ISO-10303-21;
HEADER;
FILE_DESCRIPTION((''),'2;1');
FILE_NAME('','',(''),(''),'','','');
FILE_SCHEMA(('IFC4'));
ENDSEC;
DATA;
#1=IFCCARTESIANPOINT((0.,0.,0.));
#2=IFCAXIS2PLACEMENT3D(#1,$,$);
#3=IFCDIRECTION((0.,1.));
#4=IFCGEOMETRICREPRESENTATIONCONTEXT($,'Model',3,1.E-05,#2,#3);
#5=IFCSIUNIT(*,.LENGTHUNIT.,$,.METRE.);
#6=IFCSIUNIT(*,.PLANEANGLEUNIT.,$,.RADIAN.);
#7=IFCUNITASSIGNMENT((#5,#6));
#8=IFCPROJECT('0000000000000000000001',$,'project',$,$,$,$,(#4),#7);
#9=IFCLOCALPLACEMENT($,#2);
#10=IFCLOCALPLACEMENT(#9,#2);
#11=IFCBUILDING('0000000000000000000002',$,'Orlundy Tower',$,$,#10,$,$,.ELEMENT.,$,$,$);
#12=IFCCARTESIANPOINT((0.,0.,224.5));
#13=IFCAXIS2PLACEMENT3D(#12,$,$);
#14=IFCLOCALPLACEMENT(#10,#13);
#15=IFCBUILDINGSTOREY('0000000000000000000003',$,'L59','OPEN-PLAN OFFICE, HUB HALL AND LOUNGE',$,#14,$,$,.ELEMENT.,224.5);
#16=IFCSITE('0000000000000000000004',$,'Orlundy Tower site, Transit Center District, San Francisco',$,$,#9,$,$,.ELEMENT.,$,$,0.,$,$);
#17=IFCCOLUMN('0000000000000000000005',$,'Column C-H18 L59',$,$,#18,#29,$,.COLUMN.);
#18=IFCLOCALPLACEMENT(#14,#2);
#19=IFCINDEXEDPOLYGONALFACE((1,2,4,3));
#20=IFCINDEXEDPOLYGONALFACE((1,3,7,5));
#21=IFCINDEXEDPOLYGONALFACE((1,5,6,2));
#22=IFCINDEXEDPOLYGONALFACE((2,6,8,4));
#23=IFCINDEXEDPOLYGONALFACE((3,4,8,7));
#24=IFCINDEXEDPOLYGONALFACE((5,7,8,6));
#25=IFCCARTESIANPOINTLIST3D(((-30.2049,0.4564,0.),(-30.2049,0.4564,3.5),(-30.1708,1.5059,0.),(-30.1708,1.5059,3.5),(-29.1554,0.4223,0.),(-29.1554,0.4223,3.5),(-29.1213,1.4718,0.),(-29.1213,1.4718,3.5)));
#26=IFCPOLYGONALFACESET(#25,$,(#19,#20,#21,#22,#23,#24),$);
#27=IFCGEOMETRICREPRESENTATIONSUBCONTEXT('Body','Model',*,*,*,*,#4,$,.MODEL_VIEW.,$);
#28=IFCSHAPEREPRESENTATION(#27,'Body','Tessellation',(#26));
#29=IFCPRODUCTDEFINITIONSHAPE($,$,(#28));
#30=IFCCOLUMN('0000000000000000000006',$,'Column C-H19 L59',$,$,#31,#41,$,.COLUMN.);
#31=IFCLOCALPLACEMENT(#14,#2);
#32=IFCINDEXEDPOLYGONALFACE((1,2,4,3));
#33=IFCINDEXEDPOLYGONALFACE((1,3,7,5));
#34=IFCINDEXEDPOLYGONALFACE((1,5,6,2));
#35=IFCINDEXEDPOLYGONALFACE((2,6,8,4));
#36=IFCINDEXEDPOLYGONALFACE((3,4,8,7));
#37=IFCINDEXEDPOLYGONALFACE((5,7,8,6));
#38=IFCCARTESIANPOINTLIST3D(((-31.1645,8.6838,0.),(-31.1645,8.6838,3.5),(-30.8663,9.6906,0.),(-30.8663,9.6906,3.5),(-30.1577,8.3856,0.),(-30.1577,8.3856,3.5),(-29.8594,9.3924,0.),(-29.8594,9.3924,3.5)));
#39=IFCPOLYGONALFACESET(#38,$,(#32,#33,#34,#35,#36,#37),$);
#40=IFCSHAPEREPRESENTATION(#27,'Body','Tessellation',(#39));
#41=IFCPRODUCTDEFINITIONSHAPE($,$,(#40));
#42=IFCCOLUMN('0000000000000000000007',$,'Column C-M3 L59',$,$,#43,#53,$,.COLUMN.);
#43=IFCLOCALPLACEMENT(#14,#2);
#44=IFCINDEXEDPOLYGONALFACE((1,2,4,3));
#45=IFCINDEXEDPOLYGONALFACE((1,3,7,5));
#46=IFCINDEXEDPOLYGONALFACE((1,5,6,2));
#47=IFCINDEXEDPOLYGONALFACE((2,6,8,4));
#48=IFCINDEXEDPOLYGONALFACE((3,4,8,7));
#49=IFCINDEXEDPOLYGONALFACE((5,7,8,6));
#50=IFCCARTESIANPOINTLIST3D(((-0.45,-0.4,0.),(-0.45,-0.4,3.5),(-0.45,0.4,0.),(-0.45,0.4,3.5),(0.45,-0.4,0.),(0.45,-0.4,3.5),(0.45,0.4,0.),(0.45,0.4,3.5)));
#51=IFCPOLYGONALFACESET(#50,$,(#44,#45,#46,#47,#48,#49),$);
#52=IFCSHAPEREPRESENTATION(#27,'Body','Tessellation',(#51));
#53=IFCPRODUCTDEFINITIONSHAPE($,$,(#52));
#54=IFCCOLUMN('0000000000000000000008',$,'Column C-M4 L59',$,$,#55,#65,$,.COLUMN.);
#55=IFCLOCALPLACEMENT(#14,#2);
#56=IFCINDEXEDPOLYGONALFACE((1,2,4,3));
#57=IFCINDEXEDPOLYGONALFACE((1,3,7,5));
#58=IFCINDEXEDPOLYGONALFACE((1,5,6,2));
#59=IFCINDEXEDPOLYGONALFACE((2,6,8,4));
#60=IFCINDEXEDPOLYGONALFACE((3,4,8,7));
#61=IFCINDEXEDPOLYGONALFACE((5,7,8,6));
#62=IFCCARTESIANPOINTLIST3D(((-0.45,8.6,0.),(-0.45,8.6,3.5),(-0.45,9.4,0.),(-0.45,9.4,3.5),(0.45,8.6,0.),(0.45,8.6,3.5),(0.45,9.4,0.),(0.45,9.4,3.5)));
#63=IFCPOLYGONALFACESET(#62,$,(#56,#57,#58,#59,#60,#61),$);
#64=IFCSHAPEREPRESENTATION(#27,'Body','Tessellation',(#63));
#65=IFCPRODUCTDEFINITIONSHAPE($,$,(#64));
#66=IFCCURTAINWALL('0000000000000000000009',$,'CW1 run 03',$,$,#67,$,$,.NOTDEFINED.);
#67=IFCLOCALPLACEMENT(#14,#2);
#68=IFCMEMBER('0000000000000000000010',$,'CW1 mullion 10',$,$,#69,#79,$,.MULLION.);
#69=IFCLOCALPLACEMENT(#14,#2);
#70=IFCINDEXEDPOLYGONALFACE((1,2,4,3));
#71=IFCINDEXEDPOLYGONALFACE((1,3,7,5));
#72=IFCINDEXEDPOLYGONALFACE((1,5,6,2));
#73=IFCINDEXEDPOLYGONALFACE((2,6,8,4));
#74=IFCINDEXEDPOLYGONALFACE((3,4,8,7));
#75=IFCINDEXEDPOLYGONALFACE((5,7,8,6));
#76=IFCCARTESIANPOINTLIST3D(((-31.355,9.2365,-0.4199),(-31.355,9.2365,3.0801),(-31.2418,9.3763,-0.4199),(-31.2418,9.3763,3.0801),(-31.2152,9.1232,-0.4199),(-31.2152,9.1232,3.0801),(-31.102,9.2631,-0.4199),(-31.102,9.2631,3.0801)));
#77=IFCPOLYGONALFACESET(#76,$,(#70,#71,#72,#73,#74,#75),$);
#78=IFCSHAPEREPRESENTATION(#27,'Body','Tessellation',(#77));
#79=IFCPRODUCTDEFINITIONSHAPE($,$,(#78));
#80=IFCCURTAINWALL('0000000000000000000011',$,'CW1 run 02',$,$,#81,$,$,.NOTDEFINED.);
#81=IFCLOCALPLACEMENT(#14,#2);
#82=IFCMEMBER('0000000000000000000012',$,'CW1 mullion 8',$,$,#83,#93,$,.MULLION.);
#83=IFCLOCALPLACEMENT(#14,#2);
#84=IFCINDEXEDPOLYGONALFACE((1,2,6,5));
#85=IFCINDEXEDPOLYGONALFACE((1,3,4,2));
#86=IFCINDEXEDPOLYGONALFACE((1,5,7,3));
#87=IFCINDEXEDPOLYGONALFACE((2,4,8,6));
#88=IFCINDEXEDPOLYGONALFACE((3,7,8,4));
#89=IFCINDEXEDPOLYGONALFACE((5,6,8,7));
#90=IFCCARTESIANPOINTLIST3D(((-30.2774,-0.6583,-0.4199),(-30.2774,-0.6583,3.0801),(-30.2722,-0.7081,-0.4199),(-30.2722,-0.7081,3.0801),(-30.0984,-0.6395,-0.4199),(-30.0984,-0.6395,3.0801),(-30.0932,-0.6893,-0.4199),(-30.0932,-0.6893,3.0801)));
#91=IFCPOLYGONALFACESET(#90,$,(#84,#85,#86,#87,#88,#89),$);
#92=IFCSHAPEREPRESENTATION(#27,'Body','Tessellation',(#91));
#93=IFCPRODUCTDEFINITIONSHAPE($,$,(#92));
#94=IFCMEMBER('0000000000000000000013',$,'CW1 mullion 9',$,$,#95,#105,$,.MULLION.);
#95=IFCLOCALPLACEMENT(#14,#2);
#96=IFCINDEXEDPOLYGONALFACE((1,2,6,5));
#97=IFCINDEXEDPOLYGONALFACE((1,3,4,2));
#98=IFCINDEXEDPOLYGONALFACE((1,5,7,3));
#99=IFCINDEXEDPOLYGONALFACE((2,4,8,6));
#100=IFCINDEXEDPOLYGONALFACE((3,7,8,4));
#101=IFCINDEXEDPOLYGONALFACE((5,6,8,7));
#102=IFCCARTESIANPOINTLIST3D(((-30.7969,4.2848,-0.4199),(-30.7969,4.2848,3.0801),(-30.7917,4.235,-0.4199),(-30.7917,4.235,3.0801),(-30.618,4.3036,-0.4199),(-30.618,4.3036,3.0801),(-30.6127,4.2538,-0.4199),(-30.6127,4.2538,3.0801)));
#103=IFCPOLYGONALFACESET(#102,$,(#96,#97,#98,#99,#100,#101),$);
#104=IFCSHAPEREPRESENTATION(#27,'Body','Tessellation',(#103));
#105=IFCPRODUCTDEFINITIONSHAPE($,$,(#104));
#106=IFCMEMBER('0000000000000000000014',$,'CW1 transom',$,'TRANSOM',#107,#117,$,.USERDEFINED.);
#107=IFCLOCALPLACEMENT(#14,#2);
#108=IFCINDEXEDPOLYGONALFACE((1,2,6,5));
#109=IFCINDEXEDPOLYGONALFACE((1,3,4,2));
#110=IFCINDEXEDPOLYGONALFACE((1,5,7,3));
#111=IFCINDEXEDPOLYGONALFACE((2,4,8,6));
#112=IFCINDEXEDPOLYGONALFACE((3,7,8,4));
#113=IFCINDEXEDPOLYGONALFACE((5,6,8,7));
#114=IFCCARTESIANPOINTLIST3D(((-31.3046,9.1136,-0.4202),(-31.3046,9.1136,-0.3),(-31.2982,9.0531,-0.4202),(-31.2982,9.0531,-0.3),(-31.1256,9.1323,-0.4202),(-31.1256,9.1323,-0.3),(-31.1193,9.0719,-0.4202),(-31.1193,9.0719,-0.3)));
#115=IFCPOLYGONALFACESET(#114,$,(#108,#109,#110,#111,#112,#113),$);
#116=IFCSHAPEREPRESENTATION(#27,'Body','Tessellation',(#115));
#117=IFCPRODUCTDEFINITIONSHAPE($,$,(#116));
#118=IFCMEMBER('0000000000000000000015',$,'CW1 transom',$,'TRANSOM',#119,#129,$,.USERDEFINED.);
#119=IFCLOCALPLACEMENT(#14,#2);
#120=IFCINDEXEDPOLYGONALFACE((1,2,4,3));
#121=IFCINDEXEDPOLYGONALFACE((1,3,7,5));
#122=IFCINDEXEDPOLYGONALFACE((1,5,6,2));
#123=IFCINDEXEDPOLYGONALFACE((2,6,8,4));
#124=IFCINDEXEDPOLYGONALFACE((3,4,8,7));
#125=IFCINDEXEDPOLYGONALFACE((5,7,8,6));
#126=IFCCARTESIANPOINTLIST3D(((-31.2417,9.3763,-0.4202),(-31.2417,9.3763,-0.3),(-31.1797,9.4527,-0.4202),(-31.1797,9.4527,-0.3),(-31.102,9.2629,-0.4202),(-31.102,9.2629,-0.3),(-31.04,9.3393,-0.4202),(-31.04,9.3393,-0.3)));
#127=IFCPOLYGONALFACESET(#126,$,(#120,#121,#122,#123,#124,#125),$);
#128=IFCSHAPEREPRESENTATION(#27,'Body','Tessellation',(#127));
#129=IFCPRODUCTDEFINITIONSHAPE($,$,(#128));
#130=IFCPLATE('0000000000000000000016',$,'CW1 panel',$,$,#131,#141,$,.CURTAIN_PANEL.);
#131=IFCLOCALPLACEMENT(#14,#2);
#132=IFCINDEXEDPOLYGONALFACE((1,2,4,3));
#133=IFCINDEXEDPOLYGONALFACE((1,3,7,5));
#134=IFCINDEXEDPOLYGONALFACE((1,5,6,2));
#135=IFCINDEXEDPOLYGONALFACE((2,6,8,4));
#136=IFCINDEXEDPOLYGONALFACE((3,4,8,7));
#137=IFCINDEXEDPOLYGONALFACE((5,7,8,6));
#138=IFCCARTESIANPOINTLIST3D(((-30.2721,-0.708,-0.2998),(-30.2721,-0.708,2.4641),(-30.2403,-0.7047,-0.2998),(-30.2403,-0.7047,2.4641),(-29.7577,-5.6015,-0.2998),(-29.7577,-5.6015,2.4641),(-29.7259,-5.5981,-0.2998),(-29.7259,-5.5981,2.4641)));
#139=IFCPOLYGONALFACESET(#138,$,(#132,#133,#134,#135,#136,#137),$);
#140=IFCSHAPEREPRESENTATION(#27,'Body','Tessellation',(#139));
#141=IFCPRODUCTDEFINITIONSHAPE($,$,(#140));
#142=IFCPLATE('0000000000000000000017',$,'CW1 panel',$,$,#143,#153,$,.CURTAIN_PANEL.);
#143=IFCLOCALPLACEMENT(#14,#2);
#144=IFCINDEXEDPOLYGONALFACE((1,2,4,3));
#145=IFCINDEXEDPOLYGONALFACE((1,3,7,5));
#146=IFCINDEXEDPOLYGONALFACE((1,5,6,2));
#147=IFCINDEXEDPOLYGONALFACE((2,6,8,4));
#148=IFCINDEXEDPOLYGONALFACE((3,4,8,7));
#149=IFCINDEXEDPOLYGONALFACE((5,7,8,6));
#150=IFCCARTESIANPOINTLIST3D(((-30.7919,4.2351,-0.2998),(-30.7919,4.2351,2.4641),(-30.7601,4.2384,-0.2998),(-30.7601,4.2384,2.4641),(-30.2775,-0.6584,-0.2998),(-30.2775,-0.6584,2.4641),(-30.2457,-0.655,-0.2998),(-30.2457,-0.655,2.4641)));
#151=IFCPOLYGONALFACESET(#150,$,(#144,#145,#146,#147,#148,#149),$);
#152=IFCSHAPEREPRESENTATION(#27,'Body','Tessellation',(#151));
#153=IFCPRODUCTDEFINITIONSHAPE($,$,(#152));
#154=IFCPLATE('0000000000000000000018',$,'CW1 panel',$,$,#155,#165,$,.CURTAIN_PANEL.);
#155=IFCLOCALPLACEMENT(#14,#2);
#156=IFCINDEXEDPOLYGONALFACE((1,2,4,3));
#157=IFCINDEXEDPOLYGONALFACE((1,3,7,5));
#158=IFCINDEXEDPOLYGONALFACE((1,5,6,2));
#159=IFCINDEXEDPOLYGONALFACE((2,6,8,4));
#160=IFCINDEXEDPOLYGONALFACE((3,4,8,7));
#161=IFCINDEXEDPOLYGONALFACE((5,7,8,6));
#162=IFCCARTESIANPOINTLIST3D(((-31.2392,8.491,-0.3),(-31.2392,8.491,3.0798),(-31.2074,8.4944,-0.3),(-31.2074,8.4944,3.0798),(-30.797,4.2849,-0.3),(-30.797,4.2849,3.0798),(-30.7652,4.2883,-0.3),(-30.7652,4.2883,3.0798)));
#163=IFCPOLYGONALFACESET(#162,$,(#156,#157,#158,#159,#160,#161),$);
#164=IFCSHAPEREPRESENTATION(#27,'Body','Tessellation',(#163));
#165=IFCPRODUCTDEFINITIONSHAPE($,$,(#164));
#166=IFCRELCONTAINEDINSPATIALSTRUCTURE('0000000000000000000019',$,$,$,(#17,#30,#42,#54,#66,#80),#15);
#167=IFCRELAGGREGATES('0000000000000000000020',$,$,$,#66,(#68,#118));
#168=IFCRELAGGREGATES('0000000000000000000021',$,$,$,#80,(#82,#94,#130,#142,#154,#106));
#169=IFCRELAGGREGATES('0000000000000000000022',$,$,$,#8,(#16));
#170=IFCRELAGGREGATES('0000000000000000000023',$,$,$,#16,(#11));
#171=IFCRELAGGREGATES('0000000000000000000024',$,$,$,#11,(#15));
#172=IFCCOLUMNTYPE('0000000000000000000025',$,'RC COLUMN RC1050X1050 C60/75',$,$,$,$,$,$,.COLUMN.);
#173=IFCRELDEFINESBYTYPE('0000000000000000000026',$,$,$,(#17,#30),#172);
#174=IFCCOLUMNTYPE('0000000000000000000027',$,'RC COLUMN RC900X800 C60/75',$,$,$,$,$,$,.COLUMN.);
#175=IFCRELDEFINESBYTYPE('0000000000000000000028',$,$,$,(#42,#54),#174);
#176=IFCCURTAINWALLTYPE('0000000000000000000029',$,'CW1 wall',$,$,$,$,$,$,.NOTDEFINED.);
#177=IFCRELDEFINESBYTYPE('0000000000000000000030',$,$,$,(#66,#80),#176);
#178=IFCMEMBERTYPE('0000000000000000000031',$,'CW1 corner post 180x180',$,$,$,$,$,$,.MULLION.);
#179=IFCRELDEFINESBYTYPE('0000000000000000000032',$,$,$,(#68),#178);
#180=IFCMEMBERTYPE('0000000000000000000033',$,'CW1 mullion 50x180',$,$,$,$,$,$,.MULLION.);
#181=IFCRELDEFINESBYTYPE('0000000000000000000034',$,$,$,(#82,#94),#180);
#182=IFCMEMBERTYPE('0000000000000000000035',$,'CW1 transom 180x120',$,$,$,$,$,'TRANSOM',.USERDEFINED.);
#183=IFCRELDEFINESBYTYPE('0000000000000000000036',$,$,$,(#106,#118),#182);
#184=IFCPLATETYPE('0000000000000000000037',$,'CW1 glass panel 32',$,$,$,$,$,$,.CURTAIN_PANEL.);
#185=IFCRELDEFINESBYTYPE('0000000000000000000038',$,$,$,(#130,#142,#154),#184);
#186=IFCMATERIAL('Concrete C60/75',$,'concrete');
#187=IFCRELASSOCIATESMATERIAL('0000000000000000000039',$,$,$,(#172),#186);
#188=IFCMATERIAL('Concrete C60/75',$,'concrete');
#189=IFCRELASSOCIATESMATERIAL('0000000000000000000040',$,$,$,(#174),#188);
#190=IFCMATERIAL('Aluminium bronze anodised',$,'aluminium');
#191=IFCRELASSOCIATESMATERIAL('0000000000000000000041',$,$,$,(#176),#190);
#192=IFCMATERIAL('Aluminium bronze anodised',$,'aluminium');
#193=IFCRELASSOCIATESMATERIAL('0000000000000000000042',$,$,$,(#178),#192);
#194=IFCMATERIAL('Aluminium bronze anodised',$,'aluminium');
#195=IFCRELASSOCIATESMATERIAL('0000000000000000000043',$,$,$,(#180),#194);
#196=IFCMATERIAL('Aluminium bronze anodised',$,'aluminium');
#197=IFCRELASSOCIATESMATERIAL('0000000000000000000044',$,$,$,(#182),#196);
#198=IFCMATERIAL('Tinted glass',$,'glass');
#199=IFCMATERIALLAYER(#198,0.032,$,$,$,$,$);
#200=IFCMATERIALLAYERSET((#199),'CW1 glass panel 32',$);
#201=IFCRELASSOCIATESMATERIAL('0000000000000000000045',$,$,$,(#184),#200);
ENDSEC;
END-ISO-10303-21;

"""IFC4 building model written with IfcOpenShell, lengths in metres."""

from ifc_helpers import new_model, si_unit, direction, frame, origin, origin_2d, place, context, subcontext, project, spatial, rectangle, extrude, material, layer, layer_set, material_profile, profile_set, type_object, element, aggregate, save


model = new_model("IFC4")

# Units and contexts
model_context = context("Model", 3, precision=1e-05, world=origin(), true_north=direction((0.0, 1.0)))
body_context = subcontext(model_context, "Body", "Model", "MODEL_VIEW")
ifc_project = project(units=[si_unit("LENGTHUNIT", "METRE"), si_unit("PLANEANGLEUNIT", "RADIAN")], contexts=[model_context])

# Site, building, storey
site_placement = place(None, origin())
site = spatial("IfcSite", under=ifc_project, at=site_placement, Name="Orlundy Tower site, Transit Center District, San Francisco", CompositionType="ELEMENT", RefElevation=0.0)
building_placement = place(site_placement, origin())
building = spatial("IfcBuilding", under=site, at=building_placement, Name="Orlundy Tower", CompositionType="ELEMENT")
storey_placement = place(building_placement, frame((0.0, 0.0, 224.5)))
storey = spatial("IfcBuildingStorey", under=building, at=storey_placement, Name="L59", Description="OPEN-PLAN OFFICE, HUB HALL AND LOUNGE", CompositionType="ELEMENT", Elevation=224.5)

# Columns
ifc_material_1 = material(Name="Concrete C60/75", Category="concrete")
ifc_material_profile_1 = material_profile(ifc_material_1, rectangle(XDim=1.05, YDim=1.05, at=origin_2d()), Name="RC1050X1050")
ifc_profile_set_1 = profile_set([ifc_material_profile_1], Name="Concrete C60/75")
column_type_1 = type_object("IfcColumnType", Name="RC COLUMN RC1050X1050 C60/75", PredefinedType="COLUMN", material=ifc_profile_set_1)
for number, where, z_axis, x_axis, name in (
    (1, (-29.6631, 0.9641, 0.0), (0.0, 0.0, 1.0), (-0.999473, 0.032475, 0.0), "Column C-H18 L59"),
    (2, (-30.512, 9.0381, 0.0), (0.0, 0.0, 1.0), (-0.95882, 0.284015, 0.0), "Column C-H19 L59"),
):
    element("IfcColumn", number, at=place(storey_placement, frame(where, z_axis=z_axis, x_axis=x_axis)), inside=storey, type_object=column_type_1, Name=name, PredefinedType="COLUMN", context=body_context, shape_type="SweptSolid", body=[
        extrude(rectangle(XDim=1.05, YDim=1.05, at=origin_2d()), origin(), (0.0, 0.0, 1.0), 3.5),
    ])
ifc_material_2 = material(Name="Concrete C60/75", Category="concrete")
ifc_material_profile_2 = material_profile(ifc_material_2, rectangle(XDim=0.8999, YDim=0.8, at=origin_2d()), Name="RC900X800")
ifc_profile_set_2 = profile_set([ifc_material_profile_2], Name="Concrete C60/75")
column_type_2 = type_object("IfcColumnType", Name="RC COLUMN RC900X800 C60/75", PredefinedType="COLUMN", material=ifc_profile_set_2)
for number, where, z_axis, x_axis, name in (
    (3, (0.0, 0.0, 0.0), (0.0, 0.0, 1.0), (1.0, 0.0, 0.0), "Column C-M3 L59"),
    (4, (0.0, 9.0, 0.0), (0.0, 0.0, 1.0), (1.0, 0.0, 0.0), "Column C-M4 L59"),
):
    element("IfcColumn", number, at=place(storey_placement, frame(where, z_axis=z_axis, x_axis=x_axis)), inside=storey, type_object=column_type_2, Name=name, PredefinedType="COLUMN", context=body_context, shape_type="SweptSolid", body=[
        extrude(rectangle(XDim=0.8999, YDim=0.8, at=origin_2d()), origin(), (0.0, 0.0, 1.0), 3.5),
    ])

# Curtain wall, member
ifc_material_3 = material(Name="Aluminium bronze anodised", Category="aluminium")
curtain_wall_type = type_object("IfcCurtainWallType", Name="CW1 wall", PredefinedType="NOTDEFINED", material=ifc_material_3)
curtain_wall_1_placement = place(storey_placement, origin())
curtain_wall_1 = element("IfcCurtainWall", 5, at=curtain_wall_1_placement, inside=storey, type_object=curtain_wall_type, Name="CW1 run 03", PredefinedType="NOTDEFINED")
ifc_material_4 = material(Name="Aluminium bronze anodised", Category="aluminium")
ifc_material_profile_3 = material_profile(ifc_material_4, rectangle(XDim=0.1799, YDim=0.1799, at=origin_2d()), Name="CW1 corner post 180x180")
ifc_profile_set_3 = profile_set([ifc_material_profile_3], Name="Aluminium bronze anodised")
member_type_1 = type_object("IfcMemberType", Name="CW1 corner post 180x180", PredefinedType="MULLION", material=ifc_profile_set_3)
member_1_placement = place(storey_placement, frame((-31.2285, 9.2498, -0.4199), z_axis=(0.0, 0.0, 1.0), x_axis=(-0.777146, 0.629321, 0.0)))
member_1 = element("IfcMember", 6, at=member_1_placement, type_object=member_type_1, Name="CW1 mullion 10", PredefinedType="MULLION", context=body_context, shape_type="SweptSolid", body=[
    extrude(rectangle(XDim=0.1799, YDim=0.1799, at=origin_2d()), origin(), (0.0, 0.0, 1.0), 3.5),
])

# Curtain wall, members
curtain_wall_2_placement = place(storey_placement, origin())
curtain_wall_2 = element("IfcCurtainWall", 7, at=curtain_wall_2_placement, inside=storey, type_object=curtain_wall_type, Name="CW1 run 02", PredefinedType="NOTDEFINED")
ifc_material_5 = material(Name="Aluminium bronze anodised", Category="aluminium")
ifc_material_profile_4 = material_profile(ifc_material_5, rectangle(XDim=0.1799, YDim=0.05, at=origin_2d()), Name="CW1 mullion 50x180")
ifc_profile_set_4 = profile_set([ifc_material_profile_4], Name="Aluminium bronze anodised")
member_type_2 = type_object("IfcMemberType", Name="CW1 mullion 50x180", PredefinedType="MULLION", material=ifc_profile_set_4)
member_2_placement = place(storey_placement, frame((-30.1853, -0.6738, -0.4199), z_axis=(0.0, 0.0, 1.0), x_axis=(-0.994521, -0.104538, 0.0)))
member_2 = element("IfcMember", 8, at=member_2_placement, type_object=member_type_2, Name="CW1 mullion 8", PredefinedType="MULLION", context=body_context, shape_type="SweptSolid", body=[
    extrude(rectangle(XDim=0.1799, YDim=0.05, at=origin_2d()), origin(), (0.0, 0.0, 1.0), 3.5),
])
member_3_placement = place(storey_placement, frame((-30.7048, 4.2693, -0.4199), z_axis=(0.0, 0.0, 1.0), x_axis=(-0.994521, -0.104538, 0.0)))
member_3 = element("IfcMember", 9, at=member_3_placement, type_object=member_type_2, Name="CW1 mullion 9", PredefinedType="MULLION", context=body_context, shape_type="SweptSolid", body=[
    extrude(rectangle(XDim=0.1799, YDim=0.05, at=origin_2d()), origin(), (0.0, 0.0, 1.0), 3.5),
])
ifc_material_6 = material(Name="Aluminium bronze anodised", Category="aluminium")
ifc_material_profile_5 = material_profile(ifc_material_6, rectangle(XDim=0.1799, YDim=0.1201, at=origin_2d()), Name="CW1 transom 180x120")
ifc_profile_set_5 = profile_set([ifc_material_profile_5], Name="Aluminium bronze anodised")
member_type_3 = type_object("IfcMemberType", Name="CW1 transom 180x120", ElementType="TRANSOM", PredefinedType="USERDEFINED", material=ifc_profile_set_5)
member_4_placement = place(storey_placement, frame((-31.2087, 9.0625, -0.3601), z_axis=(-0.104267, 0.994549, 0.0), x_axis=(-0.994549, -0.104267, 0.0)))
member_4 = element("IfcMember", 10, at=member_4_placement, type_object=member_type_3, Name="CW1 transom", ObjectType="TRANSOM", PredefinedType="USERDEFINED", context=body_context, shape_type="SweptSolid", body=[
    extrude(rectangle(XDim=0.1799, YDim=0.1201, at=origin_2d()), origin(), (0.0, 0.0, 1.0), 0.0608),
])

# Member
member_5_placement = place(storey_placement, frame((-31.1719, 9.3196, -0.3601), z_axis=(0.630126, 0.776493, 0.0), x_axis=(-0.776493, 0.630126, 0.0)))
member_5 = element("IfcMember", 11, at=member_5_placement, type_object=member_type_3, Name="CW1 transom", ObjectType="TRANSOM", PredefinedType="USERDEFINED", context=body_context, shape_type="SweptSolid", body=[
    extrude(rectangle(XDim=0.1799, YDim=0.1201, at=origin_2d()), origin(), (0.0, 0.0, 1.0), 0.0984),
])
aggregate(curtain_wall_1, [member_1, member_5])

# Plates
ifc_material_7 = material(Name="Tinted glass", Category="glass")
ifc_layer_1 = layer(ifc_material_7, 0.032)
ifc_layer_set_1 = layer_set([ifc_layer_1], Name="CW1 glass panel 32")
plate_type = type_object("IfcPlateType", Name="CW1 glass panel 32", PredefinedType="CURTAIN_PANEL", material=ifc_layer_set_1)
plate_1_placement = place(storey_placement, frame((-29.999, -3.1531, -0.2998), z_axis=(0.0, 0.0, 1.0), x_axis=(-0.104538, 0.994521, 0.0)))
plate_1 = element("IfcPlate", 12, at=plate_1_placement, type_object=plate_type, Name="CW1 panel", PredefinedType="CURTAIN_PANEL", context=body_context, shape_type="SweptSolid", body=[
    extrude(rectangle(XDim=4.9204, YDim=0.032, at=origin_2d()), origin(), (0.0, 0.0, 1.0), 2.7639),
])
plate_2_placement = place(storey_placement, frame((-30.5188, 1.79, -0.2998), z_axis=(0.0, 0.0, 1.0), x_axis=(-0.104538, 0.994521, 0.0)))
plate_2 = element("IfcPlate", 13, at=plate_2_placement, type_object=plate_type, Name="CW1 panel", PredefinedType="CURTAIN_PANEL", context=body_context, shape_type="SweptSolid", body=[
    extrude(rectangle(XDim=4.9204, YDim=0.032, at=origin_2d()), origin(), (0.0, 0.0, 1.0), 2.7639),
])
plate_3_placement = place(storey_placement, frame((-31.0022, 6.3896, -0.3), z_axis=(0.0, 0.0, 1.0), x_axis=(-0.104538, 0.994521, 0.0)))
plate_3 = element("IfcPlate", 14, at=plate_3_placement, type_object=plate_type, Name="CW1 panel", PredefinedType="CURTAIN_PANEL", context=body_context, shape_type="SweptSolid", body=[
    extrude(rectangle(XDim=4.2292, YDim=0.032, at=origin_2d()), origin(), (0.0, 0.0, 1.0), 3.3799),
])
aggregate(curtain_wall_2, [member_2, member_3, plate_1, plate_2, plate_3, member_4])

save(model, "model.ifc")
